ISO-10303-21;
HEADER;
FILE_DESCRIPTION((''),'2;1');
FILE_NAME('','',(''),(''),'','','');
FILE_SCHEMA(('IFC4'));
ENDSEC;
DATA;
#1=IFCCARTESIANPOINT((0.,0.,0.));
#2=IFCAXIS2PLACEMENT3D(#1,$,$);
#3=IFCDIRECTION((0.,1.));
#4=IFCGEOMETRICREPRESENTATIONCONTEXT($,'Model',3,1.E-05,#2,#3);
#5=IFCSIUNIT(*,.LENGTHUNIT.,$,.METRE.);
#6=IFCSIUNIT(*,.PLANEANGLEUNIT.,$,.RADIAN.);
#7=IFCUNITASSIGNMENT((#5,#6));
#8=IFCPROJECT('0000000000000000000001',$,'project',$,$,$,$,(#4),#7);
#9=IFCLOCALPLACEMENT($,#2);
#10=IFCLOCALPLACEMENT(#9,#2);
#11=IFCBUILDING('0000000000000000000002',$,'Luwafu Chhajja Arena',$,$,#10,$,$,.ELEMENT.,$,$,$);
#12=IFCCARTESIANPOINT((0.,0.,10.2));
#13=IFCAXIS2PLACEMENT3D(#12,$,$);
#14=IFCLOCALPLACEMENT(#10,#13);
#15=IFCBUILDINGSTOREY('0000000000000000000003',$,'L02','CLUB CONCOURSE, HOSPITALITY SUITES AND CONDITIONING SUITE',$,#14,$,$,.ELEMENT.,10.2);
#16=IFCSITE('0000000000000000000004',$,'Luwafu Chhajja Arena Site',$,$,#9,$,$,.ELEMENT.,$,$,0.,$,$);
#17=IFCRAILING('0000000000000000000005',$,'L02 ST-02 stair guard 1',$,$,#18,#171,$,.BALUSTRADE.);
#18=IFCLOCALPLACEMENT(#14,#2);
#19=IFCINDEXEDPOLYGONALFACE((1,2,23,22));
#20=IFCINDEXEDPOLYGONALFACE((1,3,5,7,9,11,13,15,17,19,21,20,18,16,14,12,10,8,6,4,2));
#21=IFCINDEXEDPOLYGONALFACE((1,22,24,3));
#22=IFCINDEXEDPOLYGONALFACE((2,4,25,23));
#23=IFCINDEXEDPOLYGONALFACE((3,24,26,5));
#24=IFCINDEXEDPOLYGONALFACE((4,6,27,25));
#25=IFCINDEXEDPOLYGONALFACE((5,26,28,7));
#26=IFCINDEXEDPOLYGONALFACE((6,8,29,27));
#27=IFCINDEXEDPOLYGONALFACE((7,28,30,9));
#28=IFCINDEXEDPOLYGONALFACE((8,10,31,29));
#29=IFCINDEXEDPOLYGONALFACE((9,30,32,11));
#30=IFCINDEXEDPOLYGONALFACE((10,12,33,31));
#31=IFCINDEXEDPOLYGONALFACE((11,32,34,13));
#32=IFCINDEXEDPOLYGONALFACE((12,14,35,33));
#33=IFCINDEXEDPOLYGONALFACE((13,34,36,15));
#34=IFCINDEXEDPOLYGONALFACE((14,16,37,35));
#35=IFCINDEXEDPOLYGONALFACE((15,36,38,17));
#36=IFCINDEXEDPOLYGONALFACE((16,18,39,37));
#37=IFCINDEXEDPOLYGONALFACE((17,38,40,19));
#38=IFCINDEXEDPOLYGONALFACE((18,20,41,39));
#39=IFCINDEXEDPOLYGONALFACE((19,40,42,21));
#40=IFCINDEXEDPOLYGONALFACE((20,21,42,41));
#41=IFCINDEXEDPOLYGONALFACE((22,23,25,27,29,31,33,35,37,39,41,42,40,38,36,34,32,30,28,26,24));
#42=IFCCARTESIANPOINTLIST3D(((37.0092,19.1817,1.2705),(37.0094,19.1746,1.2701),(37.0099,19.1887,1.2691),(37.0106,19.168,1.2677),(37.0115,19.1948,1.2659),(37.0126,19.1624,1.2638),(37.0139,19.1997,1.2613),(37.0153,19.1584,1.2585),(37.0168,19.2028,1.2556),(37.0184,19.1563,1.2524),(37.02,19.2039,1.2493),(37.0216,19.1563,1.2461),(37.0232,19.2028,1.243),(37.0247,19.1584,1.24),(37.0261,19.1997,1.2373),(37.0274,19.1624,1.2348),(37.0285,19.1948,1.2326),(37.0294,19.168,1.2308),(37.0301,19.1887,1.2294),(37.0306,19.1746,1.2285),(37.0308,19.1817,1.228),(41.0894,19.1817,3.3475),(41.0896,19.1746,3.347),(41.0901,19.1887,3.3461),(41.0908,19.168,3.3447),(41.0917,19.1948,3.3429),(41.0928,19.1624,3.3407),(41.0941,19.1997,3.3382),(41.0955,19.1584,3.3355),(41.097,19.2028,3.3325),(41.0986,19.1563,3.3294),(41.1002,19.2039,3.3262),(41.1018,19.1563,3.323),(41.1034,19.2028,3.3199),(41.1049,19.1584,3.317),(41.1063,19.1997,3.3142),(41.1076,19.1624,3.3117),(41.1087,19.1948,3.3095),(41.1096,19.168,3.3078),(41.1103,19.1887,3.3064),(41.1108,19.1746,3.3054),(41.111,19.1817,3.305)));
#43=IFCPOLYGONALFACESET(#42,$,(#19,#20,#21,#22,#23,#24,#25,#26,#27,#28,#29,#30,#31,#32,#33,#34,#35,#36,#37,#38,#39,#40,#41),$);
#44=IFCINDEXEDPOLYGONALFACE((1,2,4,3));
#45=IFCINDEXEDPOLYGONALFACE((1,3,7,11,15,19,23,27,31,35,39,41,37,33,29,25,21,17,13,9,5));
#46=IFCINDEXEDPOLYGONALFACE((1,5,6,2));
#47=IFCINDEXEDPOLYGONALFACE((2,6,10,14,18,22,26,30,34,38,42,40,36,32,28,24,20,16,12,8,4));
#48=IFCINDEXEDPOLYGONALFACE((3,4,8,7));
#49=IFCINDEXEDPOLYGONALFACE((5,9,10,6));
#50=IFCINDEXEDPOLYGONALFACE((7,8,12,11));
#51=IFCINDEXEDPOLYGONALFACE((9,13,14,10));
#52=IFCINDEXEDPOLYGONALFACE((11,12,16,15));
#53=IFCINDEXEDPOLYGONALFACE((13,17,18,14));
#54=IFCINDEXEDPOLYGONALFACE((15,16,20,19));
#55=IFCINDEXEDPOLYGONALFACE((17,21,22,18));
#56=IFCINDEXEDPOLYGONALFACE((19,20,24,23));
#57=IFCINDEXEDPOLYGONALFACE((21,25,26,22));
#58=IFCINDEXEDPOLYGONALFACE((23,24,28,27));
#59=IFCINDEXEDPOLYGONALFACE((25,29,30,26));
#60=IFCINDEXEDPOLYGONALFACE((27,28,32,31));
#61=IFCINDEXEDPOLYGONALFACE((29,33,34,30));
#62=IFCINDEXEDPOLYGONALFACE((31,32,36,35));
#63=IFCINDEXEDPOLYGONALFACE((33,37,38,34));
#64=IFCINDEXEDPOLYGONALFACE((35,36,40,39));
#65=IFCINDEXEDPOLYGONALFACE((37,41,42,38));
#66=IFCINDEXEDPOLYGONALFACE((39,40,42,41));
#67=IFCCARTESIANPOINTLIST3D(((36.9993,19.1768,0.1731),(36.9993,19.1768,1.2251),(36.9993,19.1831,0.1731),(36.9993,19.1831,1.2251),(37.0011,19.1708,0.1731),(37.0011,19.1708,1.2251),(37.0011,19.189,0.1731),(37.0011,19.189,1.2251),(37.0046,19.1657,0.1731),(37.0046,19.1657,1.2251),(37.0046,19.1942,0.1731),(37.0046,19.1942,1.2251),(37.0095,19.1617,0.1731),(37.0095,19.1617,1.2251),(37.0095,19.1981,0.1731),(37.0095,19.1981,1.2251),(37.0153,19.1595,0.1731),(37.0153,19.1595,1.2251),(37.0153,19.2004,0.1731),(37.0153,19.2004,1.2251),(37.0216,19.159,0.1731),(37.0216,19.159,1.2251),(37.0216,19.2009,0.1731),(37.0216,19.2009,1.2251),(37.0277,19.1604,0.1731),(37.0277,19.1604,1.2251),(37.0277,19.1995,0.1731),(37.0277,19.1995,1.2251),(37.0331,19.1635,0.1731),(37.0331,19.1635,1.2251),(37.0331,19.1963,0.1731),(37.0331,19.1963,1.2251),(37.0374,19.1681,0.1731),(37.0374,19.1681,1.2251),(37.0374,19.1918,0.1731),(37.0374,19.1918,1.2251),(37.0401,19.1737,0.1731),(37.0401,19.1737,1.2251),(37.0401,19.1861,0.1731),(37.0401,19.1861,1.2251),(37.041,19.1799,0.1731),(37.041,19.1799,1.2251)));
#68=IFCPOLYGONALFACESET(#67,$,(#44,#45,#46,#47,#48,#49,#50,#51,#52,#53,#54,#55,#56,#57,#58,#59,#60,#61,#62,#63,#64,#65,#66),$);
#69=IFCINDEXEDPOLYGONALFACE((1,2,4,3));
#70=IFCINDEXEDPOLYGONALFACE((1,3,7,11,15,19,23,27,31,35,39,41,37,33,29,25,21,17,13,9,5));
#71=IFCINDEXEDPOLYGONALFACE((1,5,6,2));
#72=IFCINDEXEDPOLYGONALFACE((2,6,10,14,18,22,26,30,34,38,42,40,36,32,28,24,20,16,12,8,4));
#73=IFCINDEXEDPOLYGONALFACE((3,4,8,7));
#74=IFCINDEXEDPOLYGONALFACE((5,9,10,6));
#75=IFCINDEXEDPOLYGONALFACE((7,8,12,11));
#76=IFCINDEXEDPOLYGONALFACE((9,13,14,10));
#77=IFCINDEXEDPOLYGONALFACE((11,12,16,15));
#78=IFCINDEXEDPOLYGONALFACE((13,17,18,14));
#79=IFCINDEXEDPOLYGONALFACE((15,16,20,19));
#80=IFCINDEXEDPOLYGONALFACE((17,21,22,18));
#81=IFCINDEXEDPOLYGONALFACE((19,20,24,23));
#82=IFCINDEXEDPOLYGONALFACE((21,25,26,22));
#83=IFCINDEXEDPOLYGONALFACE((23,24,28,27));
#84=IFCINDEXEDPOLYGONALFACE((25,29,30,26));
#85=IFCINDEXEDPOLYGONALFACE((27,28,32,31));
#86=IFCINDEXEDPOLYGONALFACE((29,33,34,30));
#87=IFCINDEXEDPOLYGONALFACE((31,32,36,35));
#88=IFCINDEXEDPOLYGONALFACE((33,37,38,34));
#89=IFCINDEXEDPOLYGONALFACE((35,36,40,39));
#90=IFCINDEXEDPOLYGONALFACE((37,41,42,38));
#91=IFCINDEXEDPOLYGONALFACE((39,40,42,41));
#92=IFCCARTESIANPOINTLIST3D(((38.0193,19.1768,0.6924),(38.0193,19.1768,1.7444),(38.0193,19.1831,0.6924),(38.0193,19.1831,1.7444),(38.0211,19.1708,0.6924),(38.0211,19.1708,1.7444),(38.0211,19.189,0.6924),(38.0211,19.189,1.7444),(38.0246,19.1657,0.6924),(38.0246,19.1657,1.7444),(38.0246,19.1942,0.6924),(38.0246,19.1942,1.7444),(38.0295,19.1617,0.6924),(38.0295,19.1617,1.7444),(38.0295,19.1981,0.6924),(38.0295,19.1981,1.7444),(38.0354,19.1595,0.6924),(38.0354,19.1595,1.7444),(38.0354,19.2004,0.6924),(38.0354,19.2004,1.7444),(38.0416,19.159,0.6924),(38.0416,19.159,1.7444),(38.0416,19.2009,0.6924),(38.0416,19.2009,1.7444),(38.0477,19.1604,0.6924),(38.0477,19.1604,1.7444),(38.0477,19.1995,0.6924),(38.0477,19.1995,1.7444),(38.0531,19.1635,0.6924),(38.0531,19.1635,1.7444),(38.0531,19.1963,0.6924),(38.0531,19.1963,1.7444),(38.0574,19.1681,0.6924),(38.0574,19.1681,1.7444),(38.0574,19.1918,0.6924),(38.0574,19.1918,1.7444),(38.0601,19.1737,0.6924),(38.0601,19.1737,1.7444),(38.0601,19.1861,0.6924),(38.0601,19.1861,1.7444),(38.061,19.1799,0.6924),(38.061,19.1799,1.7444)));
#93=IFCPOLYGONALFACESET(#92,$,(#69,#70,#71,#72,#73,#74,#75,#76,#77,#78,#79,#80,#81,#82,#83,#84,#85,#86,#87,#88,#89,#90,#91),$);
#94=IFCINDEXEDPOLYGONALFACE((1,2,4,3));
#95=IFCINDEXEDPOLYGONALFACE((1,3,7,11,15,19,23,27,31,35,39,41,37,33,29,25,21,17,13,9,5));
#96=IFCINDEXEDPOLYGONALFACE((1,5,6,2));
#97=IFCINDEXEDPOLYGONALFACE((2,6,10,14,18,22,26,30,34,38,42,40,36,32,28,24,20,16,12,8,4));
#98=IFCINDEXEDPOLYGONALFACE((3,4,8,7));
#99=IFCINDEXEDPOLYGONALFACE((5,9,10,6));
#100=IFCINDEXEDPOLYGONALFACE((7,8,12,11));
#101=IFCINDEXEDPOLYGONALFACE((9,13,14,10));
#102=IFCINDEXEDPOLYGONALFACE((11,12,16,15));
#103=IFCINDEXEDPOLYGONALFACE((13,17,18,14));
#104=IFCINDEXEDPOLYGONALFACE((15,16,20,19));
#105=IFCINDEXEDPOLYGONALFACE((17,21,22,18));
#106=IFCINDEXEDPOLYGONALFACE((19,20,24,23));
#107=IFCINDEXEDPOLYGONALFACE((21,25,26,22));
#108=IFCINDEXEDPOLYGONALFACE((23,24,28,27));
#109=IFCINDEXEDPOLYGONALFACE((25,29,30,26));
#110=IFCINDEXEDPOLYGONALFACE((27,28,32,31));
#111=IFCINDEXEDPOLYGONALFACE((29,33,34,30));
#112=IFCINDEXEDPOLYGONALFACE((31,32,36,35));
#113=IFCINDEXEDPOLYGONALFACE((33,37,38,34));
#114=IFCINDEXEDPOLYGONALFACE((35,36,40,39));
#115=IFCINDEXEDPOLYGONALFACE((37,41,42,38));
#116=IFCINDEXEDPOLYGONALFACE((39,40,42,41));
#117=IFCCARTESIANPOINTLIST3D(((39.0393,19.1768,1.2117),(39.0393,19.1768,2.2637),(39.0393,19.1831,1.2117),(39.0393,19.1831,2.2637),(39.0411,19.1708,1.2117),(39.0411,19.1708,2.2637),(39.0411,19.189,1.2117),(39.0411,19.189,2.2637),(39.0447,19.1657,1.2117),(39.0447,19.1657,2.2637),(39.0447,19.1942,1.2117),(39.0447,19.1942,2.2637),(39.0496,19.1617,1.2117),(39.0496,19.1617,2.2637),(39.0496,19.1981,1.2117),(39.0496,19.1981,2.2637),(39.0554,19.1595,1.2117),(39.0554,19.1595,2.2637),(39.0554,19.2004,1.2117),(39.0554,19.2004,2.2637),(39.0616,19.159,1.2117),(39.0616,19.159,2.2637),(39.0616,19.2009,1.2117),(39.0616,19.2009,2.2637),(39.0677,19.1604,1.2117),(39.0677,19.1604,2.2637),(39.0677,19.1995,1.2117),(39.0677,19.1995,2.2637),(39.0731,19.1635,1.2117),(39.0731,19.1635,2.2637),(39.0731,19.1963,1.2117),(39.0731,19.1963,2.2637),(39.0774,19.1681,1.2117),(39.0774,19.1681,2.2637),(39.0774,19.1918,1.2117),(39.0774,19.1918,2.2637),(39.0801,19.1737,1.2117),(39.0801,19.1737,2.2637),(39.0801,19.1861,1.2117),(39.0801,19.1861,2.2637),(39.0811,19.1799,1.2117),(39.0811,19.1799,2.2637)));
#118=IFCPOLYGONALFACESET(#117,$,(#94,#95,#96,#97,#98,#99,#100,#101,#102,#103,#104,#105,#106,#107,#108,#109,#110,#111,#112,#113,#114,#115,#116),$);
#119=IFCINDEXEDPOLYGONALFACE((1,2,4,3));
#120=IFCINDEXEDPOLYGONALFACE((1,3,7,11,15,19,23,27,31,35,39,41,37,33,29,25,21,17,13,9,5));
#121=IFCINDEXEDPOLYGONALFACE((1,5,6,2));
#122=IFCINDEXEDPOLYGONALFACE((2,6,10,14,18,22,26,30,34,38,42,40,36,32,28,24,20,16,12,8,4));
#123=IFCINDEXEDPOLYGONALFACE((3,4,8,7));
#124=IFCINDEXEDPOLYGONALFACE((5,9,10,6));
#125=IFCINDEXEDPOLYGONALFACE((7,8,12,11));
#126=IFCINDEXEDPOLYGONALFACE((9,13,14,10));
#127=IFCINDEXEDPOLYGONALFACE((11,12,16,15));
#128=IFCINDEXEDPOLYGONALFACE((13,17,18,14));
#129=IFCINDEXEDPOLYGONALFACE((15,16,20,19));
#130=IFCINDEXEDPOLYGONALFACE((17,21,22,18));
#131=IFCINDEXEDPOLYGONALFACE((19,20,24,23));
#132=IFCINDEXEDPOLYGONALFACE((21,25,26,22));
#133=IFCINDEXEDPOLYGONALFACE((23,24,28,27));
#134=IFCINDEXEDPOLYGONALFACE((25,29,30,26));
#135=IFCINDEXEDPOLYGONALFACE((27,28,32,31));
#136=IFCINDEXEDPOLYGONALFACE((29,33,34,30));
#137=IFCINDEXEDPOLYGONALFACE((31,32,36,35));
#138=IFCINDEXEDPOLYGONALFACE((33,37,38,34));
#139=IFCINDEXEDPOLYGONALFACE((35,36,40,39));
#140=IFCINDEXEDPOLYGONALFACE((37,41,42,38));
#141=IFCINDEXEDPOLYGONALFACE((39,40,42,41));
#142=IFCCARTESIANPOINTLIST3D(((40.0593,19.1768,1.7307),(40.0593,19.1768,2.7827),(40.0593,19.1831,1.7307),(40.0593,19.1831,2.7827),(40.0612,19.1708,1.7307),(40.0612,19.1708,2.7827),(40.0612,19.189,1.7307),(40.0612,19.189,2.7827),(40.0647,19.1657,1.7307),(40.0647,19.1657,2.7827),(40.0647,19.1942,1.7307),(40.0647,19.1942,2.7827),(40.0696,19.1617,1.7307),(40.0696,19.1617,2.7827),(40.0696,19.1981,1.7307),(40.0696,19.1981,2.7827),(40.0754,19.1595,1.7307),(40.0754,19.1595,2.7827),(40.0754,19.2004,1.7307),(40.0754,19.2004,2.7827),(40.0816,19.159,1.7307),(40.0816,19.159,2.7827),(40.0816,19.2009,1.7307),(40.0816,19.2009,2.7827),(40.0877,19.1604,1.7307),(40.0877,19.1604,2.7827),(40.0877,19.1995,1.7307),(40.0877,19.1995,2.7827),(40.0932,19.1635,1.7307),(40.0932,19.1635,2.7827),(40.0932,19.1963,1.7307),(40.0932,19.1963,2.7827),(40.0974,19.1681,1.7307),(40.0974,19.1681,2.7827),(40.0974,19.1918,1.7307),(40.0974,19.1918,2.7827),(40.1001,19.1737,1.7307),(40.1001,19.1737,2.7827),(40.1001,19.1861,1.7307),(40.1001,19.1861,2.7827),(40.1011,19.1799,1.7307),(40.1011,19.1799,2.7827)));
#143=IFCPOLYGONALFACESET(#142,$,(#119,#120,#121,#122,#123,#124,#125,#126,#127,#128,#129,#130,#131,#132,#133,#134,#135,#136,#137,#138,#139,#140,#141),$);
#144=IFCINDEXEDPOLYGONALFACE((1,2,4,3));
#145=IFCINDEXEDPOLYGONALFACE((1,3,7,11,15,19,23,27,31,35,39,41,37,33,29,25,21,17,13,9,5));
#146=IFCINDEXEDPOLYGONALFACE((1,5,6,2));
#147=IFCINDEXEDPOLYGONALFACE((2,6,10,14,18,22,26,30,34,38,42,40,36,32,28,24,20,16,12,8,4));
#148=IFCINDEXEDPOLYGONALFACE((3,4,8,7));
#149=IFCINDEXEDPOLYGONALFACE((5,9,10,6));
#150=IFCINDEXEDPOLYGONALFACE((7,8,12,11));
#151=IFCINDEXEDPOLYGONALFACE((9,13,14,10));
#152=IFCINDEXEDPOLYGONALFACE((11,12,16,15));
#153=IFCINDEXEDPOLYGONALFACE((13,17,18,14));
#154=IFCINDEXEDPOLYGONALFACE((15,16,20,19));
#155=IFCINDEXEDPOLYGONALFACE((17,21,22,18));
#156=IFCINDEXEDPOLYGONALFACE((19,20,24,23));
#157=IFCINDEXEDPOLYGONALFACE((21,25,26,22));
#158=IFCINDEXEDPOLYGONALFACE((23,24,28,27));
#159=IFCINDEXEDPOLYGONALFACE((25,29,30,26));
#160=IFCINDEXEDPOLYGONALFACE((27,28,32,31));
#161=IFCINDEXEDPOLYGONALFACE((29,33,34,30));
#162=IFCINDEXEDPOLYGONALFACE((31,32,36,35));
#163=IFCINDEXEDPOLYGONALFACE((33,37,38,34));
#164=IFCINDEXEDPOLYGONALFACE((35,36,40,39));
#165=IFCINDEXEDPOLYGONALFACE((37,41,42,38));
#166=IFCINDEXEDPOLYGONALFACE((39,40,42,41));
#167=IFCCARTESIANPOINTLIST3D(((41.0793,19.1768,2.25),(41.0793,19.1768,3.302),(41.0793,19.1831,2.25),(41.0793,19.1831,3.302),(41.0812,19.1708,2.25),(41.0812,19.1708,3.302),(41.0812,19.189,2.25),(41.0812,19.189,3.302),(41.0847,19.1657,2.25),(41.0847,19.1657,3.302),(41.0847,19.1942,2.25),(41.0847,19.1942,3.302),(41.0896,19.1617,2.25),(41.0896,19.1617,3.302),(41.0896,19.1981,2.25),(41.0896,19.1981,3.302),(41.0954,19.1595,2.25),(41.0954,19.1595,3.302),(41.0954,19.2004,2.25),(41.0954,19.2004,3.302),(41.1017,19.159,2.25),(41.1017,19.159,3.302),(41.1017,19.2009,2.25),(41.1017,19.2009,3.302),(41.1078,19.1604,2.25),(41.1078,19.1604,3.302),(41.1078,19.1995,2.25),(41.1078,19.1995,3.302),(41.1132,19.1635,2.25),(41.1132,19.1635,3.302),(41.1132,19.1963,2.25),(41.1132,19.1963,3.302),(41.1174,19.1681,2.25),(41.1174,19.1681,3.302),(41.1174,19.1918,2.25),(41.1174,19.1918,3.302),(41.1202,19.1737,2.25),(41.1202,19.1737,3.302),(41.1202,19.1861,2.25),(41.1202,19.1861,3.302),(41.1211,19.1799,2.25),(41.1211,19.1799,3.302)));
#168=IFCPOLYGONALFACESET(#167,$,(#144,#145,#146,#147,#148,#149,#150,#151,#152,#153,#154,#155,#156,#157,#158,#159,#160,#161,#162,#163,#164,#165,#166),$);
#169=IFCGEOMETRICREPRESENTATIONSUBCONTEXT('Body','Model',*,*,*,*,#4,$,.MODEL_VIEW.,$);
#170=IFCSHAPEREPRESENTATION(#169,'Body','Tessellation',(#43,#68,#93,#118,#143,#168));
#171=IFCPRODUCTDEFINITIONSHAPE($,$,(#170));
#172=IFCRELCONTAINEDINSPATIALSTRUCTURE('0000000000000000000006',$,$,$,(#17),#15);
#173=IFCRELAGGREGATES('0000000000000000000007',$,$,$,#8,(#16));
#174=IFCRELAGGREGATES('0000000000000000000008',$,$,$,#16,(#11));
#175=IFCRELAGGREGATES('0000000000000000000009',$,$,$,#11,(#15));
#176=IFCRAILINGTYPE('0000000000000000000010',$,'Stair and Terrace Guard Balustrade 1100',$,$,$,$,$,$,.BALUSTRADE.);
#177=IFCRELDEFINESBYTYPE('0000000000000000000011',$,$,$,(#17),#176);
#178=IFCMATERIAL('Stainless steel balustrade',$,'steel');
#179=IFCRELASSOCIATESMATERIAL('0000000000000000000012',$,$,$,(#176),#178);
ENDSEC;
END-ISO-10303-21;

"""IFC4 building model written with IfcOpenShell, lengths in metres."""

from ifc_helpers import new_model, si_unit, direction, frame, origin, origin_2d, place, context, subcontext, project, spatial, circle, extrude, material, type_object, element, save


model = new_model("IFC4")

# Units and contexts
model_context = context("Model", 3, precision=1e-05, world=origin(), true_north=direction((0.0, 1.0)))
body_context = subcontext(model_context, "Body", "Model", "MODEL_VIEW")
ifc_project = project(units=[si_unit("LENGTHUNIT", "METRE"), si_unit("PLANEANGLEUNIT", "RADIAN")], contexts=[model_context])

# Site, building, storey
site_placement = place(None, origin())
site = spatial("IfcSite", under=ifc_project, at=site_placement, Name="Luwafu Chhajja Arena Site", CompositionType="ELEMENT", RefElevation=0.0)
building_placement = place(site_placement, origin())
building = spatial("IfcBuilding", under=site, at=building_placement, Name="Luwafu Chhajja Arena", CompositionType="ELEMENT")
storey_placement = place(building_placement, frame((0.0, 0.0, 10.2)))
storey = spatial("IfcBuildingStorey", under=building, at=storey_placement, Name="L02", Description="CLUB CONCOURSE, HOSPITALITY SUITES AND CONDITIONING SUITE", CompositionType="ELEMENT", Elevation=10.2)

# Railing
ifc_material_1 = material(Name="Stainless steel balustrade", Category="steel")
railing_type_1 = type_object("IfcRailingType", Name="Stair and Terrace Guard Balustrade 1100", PredefinedType="BALUSTRADE", material=ifc_material_1)
railing_1_placement = place(storey_placement, frame((37.02, 19.1799, 0.1731)))
element("IfcRailing", 1, at=railing_1_placement, inside=storey, type_object=railing_type_1, Name="L02 ST-02 stair guard 1", PredefinedType="BALUSTRADE", context=body_context, shape_type="SweptSolid", body=[
    extrude(circle(Radius=0.0239, at=origin_2d()), frame((0.0, 0.0, 1.0762), z_axis=(0.891183, 0.0, 0.453644), x_axis=(0.0, 1.0, 0.0)), (0.0, 0.0, 1.0), 4.5784),
    extrude(circle(Radius=0.021, at=origin_2d()), origin(), (0.0, 0.0, 1.0), 1.052),
    extrude(circle(Radius=0.021, at=origin_2d()), frame((1.02, 0.0, 0.5193)), (0.0, 0.0, 1.0), 1.052),
    extrude(circle(Radius=0.021, at=origin_2d()), frame((2.04, 0.0, 1.0386)), (0.0, 0.0, 1.0), 1.052),
    extrude(circle(Radius=0.021, at=origin_2d()), frame((3.0601, 0.0, 1.5576)), (0.0, 0.0, 1.0), 1.052),
    extrude(circle(Radius=0.021, at=origin_2d()), frame((4.0801, 0.0, 2.0769)), (0.0, 0.0, 1.0), 1.052),
])

save(model, "model.ifc")
